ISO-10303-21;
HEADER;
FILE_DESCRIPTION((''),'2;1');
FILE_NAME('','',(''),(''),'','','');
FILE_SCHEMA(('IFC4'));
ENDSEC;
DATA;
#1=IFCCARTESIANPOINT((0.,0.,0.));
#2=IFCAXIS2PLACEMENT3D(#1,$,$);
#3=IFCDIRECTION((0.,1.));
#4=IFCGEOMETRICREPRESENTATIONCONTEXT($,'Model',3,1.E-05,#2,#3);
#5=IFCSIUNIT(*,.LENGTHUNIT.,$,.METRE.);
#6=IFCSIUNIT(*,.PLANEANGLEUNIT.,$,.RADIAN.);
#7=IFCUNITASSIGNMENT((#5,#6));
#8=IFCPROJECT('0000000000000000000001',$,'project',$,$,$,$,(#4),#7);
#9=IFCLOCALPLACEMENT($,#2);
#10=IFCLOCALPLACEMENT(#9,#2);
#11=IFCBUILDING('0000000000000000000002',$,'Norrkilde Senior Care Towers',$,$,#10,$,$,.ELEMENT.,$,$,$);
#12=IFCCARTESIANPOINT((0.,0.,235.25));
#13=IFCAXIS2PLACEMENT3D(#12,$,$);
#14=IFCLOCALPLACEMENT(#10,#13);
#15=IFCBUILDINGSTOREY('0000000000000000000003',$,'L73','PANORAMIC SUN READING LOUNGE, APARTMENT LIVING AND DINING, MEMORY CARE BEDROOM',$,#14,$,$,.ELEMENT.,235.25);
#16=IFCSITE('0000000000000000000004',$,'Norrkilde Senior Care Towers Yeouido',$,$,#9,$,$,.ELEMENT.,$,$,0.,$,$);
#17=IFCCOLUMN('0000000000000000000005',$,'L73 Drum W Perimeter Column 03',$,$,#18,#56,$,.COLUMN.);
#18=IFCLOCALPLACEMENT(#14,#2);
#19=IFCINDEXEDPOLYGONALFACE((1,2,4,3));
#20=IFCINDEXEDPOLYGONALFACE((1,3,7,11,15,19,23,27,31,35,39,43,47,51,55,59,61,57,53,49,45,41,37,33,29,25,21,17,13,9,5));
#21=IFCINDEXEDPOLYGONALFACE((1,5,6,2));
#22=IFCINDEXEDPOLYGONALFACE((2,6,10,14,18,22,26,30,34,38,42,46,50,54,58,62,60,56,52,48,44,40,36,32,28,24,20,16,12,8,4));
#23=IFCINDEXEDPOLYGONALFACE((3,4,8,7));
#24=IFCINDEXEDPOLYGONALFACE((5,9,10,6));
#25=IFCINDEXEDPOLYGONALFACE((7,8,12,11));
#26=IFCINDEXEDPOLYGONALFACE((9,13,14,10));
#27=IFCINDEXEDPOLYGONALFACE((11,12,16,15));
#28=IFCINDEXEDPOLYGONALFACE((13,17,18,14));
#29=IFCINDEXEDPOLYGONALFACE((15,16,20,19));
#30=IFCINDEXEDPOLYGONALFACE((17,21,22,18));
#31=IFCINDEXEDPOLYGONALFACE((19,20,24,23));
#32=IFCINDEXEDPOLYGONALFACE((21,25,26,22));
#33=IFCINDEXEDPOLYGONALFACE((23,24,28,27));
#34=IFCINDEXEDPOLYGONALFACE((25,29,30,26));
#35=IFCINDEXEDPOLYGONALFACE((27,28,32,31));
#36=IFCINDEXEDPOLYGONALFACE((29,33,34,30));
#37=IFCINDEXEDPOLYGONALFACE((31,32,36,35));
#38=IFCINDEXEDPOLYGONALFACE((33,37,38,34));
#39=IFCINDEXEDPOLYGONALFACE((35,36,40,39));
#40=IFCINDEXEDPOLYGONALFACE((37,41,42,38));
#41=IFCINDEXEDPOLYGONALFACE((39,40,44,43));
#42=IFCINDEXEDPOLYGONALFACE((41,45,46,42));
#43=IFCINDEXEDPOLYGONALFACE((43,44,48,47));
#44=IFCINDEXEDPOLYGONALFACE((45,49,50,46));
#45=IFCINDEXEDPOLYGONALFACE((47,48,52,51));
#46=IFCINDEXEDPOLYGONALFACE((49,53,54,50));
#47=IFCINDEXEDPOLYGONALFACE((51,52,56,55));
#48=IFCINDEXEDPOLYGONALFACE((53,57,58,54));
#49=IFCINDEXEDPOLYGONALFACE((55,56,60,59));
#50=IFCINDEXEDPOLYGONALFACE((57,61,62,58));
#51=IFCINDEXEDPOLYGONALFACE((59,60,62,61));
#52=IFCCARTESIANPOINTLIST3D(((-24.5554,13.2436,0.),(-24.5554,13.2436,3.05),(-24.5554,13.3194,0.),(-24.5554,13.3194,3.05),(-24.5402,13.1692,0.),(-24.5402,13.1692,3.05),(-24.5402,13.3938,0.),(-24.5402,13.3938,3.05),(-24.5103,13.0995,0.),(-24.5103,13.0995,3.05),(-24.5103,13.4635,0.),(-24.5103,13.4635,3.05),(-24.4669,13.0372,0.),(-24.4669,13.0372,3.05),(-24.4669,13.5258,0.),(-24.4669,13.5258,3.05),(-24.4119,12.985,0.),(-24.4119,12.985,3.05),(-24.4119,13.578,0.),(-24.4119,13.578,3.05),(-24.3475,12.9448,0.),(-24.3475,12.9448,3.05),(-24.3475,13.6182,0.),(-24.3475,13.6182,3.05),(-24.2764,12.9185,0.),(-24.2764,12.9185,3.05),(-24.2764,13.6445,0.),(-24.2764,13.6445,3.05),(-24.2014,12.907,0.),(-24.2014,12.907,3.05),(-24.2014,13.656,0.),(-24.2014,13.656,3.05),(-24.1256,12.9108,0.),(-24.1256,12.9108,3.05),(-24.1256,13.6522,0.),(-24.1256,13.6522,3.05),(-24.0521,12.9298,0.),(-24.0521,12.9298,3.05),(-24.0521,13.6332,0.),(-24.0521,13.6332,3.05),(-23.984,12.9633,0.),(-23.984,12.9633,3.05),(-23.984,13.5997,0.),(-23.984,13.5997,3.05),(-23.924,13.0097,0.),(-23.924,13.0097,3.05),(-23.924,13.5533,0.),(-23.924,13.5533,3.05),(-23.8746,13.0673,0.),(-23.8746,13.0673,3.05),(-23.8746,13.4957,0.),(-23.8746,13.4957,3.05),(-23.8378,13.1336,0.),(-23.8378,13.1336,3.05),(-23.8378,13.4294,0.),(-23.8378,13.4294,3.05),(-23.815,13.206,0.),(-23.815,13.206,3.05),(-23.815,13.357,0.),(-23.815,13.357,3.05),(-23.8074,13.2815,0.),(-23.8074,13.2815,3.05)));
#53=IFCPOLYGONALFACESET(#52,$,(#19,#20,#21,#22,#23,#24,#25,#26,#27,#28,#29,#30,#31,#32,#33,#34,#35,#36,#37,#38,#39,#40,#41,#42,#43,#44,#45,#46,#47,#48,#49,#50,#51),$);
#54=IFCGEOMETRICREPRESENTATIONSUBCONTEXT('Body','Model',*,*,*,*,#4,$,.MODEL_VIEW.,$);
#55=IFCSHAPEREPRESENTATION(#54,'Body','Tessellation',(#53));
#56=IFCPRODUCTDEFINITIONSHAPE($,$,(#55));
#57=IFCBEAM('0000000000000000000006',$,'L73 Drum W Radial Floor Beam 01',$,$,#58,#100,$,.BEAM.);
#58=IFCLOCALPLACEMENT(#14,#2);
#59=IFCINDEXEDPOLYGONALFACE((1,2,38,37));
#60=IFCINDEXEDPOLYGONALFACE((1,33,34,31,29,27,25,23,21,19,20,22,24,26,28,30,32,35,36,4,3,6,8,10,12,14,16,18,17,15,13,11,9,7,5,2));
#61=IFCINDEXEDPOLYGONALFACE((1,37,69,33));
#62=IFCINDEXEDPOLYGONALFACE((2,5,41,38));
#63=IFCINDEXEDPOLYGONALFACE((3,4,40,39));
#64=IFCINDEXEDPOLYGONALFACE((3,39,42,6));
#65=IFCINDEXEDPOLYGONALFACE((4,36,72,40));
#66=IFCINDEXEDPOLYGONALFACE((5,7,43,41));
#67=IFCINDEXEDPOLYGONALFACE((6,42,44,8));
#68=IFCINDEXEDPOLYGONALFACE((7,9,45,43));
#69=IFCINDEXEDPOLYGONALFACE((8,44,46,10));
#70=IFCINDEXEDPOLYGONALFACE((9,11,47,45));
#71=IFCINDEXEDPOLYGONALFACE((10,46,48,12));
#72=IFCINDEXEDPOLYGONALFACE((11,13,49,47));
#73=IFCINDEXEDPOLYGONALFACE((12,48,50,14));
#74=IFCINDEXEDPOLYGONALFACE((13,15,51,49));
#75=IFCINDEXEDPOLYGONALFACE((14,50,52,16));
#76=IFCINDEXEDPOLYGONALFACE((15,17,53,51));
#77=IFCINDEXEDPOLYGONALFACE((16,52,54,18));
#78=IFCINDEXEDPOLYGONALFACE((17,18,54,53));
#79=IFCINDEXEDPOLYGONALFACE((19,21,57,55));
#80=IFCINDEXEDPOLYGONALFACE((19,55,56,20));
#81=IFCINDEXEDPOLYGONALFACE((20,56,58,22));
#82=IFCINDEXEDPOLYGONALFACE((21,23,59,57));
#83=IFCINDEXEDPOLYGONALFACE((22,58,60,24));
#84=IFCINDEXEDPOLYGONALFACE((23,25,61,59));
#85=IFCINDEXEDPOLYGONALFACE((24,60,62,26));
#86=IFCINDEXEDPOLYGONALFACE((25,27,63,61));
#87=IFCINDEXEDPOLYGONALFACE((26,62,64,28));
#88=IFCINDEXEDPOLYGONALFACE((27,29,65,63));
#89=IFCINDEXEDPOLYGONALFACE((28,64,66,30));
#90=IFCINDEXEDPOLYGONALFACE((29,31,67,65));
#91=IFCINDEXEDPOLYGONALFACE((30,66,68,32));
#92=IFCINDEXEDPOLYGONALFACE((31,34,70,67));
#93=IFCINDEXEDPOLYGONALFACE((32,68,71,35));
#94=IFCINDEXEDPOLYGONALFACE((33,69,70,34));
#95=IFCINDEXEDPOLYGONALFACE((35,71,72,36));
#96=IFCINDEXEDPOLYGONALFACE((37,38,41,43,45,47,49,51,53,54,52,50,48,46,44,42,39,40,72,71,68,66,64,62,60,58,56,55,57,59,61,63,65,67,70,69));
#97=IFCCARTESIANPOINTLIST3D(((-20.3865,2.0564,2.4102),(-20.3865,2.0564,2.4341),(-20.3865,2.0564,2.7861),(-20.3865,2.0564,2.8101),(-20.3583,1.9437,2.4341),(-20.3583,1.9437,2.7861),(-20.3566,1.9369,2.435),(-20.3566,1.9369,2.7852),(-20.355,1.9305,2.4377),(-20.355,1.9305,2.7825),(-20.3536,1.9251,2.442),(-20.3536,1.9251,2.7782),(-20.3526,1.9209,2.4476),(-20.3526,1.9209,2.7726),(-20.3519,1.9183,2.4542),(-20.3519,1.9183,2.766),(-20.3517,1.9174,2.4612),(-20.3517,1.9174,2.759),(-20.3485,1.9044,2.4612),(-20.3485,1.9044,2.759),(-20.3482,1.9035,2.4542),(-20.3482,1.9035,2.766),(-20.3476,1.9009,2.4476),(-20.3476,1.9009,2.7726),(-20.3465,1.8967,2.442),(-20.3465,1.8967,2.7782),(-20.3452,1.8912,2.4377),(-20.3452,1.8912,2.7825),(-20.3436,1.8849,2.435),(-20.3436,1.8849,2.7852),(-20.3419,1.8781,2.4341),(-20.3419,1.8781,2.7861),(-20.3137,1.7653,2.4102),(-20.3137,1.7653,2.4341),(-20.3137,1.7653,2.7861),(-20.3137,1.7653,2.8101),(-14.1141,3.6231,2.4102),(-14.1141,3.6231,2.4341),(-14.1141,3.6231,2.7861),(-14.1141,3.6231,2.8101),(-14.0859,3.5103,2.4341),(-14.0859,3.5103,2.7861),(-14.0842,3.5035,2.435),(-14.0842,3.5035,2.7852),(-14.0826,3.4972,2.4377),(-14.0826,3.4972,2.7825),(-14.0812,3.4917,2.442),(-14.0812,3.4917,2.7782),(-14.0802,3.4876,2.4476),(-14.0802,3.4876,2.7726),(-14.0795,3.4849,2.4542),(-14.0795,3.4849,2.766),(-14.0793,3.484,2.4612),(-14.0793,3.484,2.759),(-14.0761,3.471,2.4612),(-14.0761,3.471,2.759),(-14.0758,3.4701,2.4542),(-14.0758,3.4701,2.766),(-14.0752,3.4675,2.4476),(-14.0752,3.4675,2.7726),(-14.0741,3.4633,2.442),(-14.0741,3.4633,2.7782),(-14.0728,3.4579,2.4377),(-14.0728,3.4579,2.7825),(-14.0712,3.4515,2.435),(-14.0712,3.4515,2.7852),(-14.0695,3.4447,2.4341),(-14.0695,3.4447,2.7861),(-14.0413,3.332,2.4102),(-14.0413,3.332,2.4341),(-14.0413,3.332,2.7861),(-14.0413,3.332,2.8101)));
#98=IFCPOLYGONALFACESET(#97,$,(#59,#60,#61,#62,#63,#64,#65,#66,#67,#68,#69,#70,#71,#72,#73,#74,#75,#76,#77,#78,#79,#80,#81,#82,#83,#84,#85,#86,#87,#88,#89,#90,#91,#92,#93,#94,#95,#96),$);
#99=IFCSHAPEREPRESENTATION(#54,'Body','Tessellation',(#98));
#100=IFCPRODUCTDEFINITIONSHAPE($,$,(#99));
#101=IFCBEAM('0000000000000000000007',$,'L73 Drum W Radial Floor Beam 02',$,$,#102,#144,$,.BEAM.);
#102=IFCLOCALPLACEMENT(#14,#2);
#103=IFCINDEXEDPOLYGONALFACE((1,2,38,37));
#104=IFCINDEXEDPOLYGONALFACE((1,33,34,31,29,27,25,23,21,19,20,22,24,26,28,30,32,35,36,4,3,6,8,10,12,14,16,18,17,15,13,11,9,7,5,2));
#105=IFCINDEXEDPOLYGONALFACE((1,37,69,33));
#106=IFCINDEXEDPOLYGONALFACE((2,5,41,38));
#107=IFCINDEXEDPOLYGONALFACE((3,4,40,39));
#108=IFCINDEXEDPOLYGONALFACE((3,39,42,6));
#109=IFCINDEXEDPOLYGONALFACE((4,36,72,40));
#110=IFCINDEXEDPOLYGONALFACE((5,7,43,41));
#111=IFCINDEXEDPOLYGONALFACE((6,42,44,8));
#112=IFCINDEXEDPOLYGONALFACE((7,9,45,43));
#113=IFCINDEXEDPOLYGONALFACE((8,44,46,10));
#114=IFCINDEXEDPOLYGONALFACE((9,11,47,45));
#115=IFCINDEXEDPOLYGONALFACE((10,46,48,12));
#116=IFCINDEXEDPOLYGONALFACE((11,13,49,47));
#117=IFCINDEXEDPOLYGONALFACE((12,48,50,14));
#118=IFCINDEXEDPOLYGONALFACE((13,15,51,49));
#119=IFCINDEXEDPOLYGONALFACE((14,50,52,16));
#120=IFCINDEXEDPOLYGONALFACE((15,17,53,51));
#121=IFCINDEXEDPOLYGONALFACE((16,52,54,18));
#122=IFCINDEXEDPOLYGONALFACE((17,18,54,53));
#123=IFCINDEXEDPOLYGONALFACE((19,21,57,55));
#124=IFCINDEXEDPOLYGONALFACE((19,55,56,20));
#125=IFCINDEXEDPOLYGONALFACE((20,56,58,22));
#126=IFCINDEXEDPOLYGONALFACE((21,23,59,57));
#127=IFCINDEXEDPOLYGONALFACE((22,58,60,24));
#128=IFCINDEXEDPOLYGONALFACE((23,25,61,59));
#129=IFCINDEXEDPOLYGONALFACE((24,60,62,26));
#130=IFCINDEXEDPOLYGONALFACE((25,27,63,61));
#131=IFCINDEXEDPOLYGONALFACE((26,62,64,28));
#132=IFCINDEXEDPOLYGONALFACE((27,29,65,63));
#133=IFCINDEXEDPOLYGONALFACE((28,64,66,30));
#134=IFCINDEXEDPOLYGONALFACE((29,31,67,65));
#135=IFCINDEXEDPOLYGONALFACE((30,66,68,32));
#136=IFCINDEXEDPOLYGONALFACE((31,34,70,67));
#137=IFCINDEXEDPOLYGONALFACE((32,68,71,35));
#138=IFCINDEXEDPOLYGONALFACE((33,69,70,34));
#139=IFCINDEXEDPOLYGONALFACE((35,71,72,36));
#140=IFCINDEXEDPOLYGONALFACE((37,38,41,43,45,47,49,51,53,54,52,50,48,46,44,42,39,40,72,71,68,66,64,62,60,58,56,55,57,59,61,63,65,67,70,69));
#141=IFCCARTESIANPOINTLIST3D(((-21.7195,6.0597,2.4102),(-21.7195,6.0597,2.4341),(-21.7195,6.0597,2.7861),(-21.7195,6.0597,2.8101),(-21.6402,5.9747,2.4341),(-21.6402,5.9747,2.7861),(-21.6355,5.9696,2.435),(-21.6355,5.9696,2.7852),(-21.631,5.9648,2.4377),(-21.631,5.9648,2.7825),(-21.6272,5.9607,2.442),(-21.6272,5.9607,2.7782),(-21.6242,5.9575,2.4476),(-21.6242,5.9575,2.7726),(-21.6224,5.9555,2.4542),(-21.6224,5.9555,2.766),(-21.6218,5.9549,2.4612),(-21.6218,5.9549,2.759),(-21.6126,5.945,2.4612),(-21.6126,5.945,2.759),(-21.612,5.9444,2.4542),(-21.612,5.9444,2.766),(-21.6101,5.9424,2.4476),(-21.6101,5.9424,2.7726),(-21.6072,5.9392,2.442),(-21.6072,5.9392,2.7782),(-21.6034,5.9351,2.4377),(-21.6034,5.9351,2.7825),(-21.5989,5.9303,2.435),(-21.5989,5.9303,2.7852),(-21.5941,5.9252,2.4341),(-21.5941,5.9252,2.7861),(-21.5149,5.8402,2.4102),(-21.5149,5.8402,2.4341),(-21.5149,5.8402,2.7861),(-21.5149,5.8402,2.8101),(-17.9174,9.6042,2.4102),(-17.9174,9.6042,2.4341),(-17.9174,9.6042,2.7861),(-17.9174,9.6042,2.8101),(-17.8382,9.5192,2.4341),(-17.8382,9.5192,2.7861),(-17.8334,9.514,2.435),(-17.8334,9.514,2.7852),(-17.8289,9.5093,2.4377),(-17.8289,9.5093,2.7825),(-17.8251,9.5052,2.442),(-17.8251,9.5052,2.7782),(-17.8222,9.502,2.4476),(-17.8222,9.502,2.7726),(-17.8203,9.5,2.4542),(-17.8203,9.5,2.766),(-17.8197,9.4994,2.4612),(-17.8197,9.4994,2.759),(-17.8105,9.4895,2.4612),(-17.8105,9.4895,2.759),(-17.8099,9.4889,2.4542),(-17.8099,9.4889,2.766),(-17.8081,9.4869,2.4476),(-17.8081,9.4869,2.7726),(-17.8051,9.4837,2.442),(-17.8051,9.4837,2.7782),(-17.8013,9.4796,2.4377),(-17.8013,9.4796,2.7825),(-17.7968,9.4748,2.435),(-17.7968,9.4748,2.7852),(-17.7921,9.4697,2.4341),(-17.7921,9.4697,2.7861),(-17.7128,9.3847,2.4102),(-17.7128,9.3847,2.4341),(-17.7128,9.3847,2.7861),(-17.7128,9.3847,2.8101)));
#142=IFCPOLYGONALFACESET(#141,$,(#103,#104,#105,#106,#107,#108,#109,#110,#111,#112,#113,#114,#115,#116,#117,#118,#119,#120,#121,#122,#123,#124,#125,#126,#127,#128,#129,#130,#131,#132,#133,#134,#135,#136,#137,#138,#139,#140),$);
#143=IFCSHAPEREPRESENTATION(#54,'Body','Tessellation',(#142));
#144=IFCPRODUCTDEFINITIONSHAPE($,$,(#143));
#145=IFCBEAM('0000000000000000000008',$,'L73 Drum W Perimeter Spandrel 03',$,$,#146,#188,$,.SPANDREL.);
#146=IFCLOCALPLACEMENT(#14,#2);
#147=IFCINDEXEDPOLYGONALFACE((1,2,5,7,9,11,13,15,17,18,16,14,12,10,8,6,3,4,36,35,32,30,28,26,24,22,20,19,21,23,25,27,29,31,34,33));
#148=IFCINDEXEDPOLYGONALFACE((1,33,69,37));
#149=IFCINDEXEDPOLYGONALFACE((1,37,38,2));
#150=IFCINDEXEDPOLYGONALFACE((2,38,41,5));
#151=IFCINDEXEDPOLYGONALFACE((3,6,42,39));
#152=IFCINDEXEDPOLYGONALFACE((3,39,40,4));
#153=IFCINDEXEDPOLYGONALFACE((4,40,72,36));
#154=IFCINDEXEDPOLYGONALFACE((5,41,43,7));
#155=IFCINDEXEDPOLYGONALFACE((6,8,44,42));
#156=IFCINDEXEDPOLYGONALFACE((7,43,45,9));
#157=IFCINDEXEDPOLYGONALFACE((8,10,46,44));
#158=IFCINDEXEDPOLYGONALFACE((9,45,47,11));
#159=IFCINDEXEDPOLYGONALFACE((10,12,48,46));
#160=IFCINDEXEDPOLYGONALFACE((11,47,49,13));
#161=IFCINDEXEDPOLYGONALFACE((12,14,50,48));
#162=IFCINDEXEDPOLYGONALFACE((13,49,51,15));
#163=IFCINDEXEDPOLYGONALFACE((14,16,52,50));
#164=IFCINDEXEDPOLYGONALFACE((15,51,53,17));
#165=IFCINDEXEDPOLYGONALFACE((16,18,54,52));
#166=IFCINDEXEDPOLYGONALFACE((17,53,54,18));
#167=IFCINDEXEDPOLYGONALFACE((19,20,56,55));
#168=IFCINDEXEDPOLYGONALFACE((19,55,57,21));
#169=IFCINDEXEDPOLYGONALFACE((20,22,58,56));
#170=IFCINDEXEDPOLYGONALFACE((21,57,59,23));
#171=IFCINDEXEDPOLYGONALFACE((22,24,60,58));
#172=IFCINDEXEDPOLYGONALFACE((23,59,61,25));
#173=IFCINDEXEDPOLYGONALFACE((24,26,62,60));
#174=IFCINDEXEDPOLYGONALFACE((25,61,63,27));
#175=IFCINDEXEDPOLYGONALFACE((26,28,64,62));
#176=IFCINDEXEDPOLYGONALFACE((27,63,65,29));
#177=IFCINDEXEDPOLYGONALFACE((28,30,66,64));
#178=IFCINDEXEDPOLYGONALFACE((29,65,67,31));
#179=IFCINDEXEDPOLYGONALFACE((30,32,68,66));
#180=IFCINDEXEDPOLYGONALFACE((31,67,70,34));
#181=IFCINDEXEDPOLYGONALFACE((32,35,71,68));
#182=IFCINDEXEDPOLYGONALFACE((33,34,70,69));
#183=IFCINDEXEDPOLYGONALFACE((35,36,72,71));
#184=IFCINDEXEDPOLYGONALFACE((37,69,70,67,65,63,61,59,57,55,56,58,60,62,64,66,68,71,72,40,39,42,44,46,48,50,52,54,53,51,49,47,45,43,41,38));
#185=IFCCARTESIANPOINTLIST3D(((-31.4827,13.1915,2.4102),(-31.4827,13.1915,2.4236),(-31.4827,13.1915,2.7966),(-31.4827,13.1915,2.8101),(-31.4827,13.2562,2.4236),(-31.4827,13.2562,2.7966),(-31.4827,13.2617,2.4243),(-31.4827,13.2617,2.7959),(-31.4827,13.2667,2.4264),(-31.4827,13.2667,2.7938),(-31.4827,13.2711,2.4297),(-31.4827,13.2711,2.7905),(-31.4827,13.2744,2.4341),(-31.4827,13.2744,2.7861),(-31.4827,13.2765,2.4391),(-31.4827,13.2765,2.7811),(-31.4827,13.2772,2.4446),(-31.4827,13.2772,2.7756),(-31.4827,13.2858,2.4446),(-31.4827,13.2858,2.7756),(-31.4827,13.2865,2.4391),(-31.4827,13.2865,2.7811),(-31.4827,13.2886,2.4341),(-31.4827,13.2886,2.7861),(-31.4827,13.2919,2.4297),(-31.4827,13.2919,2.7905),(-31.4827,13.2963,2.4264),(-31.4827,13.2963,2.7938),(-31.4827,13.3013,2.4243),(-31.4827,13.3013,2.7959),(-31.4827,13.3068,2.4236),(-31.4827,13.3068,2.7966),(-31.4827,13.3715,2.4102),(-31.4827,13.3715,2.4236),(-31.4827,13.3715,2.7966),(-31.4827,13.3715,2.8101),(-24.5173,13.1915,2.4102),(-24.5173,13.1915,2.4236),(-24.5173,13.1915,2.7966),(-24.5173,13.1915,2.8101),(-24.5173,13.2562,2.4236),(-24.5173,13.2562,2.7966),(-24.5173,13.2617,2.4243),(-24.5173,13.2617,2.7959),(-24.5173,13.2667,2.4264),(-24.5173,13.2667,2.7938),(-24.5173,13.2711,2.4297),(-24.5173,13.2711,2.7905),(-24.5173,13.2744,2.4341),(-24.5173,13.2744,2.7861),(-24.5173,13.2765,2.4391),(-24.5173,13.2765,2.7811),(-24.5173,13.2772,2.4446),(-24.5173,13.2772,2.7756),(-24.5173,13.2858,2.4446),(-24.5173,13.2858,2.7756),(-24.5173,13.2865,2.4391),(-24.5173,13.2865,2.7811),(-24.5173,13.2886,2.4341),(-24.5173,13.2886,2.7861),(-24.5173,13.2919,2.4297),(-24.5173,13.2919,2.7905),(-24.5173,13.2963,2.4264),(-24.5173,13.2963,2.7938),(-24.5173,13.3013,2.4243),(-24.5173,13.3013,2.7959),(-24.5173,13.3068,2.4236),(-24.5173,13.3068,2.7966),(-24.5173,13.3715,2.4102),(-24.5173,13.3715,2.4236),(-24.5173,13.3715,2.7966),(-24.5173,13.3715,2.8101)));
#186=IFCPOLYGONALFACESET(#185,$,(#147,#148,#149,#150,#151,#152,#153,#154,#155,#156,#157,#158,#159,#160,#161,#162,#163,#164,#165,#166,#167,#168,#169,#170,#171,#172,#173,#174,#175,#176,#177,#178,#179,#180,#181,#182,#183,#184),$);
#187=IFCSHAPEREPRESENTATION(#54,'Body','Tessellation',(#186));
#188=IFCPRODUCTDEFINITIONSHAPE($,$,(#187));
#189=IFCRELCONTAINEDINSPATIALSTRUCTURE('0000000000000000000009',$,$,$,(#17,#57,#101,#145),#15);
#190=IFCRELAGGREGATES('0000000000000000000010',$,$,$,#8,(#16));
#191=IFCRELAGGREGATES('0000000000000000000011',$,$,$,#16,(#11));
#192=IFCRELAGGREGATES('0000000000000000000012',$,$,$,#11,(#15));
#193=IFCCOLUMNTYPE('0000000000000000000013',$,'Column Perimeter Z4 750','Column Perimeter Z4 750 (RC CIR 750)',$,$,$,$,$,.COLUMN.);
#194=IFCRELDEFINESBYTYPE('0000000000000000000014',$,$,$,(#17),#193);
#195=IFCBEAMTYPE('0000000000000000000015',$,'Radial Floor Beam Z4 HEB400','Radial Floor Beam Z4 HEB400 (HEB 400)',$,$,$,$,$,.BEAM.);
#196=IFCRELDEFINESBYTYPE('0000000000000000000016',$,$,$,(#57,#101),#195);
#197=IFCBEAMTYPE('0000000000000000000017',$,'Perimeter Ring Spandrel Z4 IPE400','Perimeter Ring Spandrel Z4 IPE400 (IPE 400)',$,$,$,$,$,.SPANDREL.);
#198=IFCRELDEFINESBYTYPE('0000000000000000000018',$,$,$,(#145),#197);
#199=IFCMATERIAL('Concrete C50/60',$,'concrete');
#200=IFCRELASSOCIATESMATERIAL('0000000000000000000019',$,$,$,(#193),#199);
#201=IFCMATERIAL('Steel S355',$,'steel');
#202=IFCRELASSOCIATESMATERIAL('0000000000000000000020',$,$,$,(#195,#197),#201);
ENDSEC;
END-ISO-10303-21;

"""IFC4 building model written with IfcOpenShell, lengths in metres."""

from ifc_helpers import new_model, si_unit, direction, frame, origin, origin_2d, place, context, subcontext, project, spatial, circle, i_section, extrude, source, transform, mapped, material, material_profile, profile_set, type_object, type_shapes, element, save


model = new_model("IFC4")

# Units and contexts
model_context = context("Model", 3, precision=1e-05, world=origin(), true_north=direction((0.0, 1.0)))
body_context = subcontext(model_context, "Body", "Model", "MODEL_VIEW")
ifc_project = project(units=[si_unit("LENGTHUNIT", "METRE"), si_unit("PLANEANGLEUNIT", "RADIAN")], contexts=[model_context])

# Site, building, storey
site_placement = place(None, origin())
site = spatial("IfcSite", under=ifc_project, at=site_placement, Name="Norrkilde Senior Care Towers Yeouido", CompositionType="ELEMENT", RefElevation=0.0)
building_placement = place(site_placement, origin())
building = spatial("IfcBuilding", under=site, at=building_placement, Name="Norrkilde Senior Care Towers", CompositionType="ELEMENT")
storey_placement = place(building_placement, frame((0.0, 0.0, 235.25)))
storey = spatial("IfcBuildingStorey", under=building, at=storey_placement, Name="L73", Description="PANORAMIC SUN READING LOUNGE, APARTMENT LIVING AND DINING, MEMORY CARE BEDROOM", CompositionType="ELEMENT", Elevation=235.25)

# Column
ifc_material_1 = material(Name="Concrete C50/60", Category="concrete")
ifc_material_profile_1 = material_profile(ifc_material_1, circle(Radius=0.375, at=origin_2d()), Name="RC CIR 750")
ifc_profile_set_1 = profile_set([ifc_material_profile_1], Name="Concrete C50/60")
column_type = type_object("IfcColumnType", Name="Column Perimeter Z4 750", Description="Column Perimeter Z4 750 (RC CIR 750)", PredefinedType="COLUMN", material=ifc_profile_set_1)
shared_shape_1 = source(origin(), body_context, "Body", "SweptSolid", [
    extrude(circle(Radius=0.375, at=origin_2d()), origin(), (0.0, 0.0, 1.0), 3.05),
])
type_shapes(column_type, [shared_shape_1])
column_placement = place(storey_placement, frame((-24.1824, 13.2815, 0.0), z_axis=(0.0, 0.0, 1.0), x_axis=(1.0, 0.0, 0.0)))
element("IfcColumn", 1, at=column_placement, inside=storey, type_object=column_type, Name="L73 Drum W Perimeter Column 03", PredefinedType="COLUMN", context=body_context, shape_type="MappedRepresentation", body=[
    mapped(shared_shape_1, transform((0.0, 0.0, 0.0), x_axis=(1.0, 0.0, 0.0), y_axis=(0.0, 1.0, 0.0), z_axis=(0.0, 0.0, 1.0), scale=1.0)),
])

# Beams
ifc_material_2 = material(Name="Steel S355", Category="steel")
ifc_material_profile_2 = material_profile(ifc_material_2, i_section(OverallWidth=0.3, OverallDepth=0.3999, WebThickness=0.0134, FlangeThickness=0.0239, FilletRadius=0.0271, at=origin_2d()), Name="HEB 400")
ifc_profile_set_2 = profile_set([ifc_material_profile_2], Name="Steel S355")
beam_type_1 = type_object("IfcBeamType", Name="Radial Floor Beam Z4 HEB400", Description="Radial Floor Beam Z4 HEB400 (HEB 400)", PredefinedType="BEAM", material=ifc_profile_set_2)
shared_shape_2 = source(origin(), body_context, "Body", "SweptSolid", [
    extrude(i_section(OverallWidth=0.3, OverallDepth=0.3999, WebThickness=0.0134, FlangeThickness=0.0239, FilletRadius=0.0271, at=origin_2d()), origin(), (0.0, 0.0, 1.0), 6.4651),
])
beam_1_placement = place(storey_placement, frame((-20.3501, 1.9109, 2.6101), z_axis=(0.970196, 0.242322, 0.0), x_axis=(-0.242322, 0.970196, 0.0)))
element("IfcBeam", 2, at=beam_1_placement, inside=storey, type_object=beam_type_1, Name="L73 Drum W Radial Floor Beam 01", PredefinedType="BEAM", context=body_context, shape_type="MappedRepresentation", body=[
    mapped(shared_shape_2, transform((0.0, 0.0, 0.0), x_axis=(1.0, 0.0, 0.0), y_axis=(0.0, 1.0, 0.0), z_axis=(0.0, 0.0, 1.0), scale=1.0)),
])
shared_shape_3 = source(origin(), body_context, "Body", "SweptSolid", [
    extrude(i_section(OverallWidth=0.3, OverallDepth=0.3999, WebThickness=0.0134, FlangeThickness=0.0239, FilletRadius=0.0271, at=origin_2d()), origin(), (0.0, 0.0, 1.0), 5.198),
])
beam_2_placement = place(storey_placement, frame((-21.6172, 5.95, 2.6101), z_axis=(0.731449, 0.681896, 0.0), x_axis=(-0.681896, 0.731449, 0.0)))
element("IfcBeam", 3, at=beam_2_placement, inside=storey, type_object=beam_type_1, Name="L73 Drum W Radial Floor Beam 02", PredefinedType="BEAM", context=body_context, shape_type="MappedRepresentation", body=[
    mapped(shared_shape_3, transform((0.0, 0.0, 0.0), x_axis=(1.0, 0.0, 0.0), y_axis=(0.0, 1.0, 0.0), z_axis=(0.0, 0.0, 1.0), scale=1.0)),
])
ifc_material_profile_3 = material_profile(ifc_material_2, i_section(OverallWidth=0.1799, OverallDepth=0.3999, WebThickness=0.0085, FlangeThickness=0.0134, FilletRadius=0.021, at=origin_2d()), Name="IPE 400")
ifc_profile_set_3 = profile_set([ifc_material_profile_3], Name="Steel S355")
beam_type_2 = type_object("IfcBeamType", Name="Perimeter Ring Spandrel Z4 IPE400", Description="Perimeter Ring Spandrel Z4 IPE400 (IPE 400)", PredefinedType="SPANDREL", material=ifc_profile_set_3)
shared_shape_4 = source(origin(), body_context, "Body", "SweptSolid", [
    extrude(i_section(OverallWidth=0.1799, OverallDepth=0.3999, WebThickness=0.0085, FlangeThickness=0.0134, FilletRadius=0.021, at=origin_2d()), origin(), (0.0, 0.0, 1.0), 6.9653),
])
type_shapes(beam_type_2, [shared_shape_4])
beam_3_placement = place(storey_placement, frame((-24.5173, 13.2815, 2.6101), z_axis=(-1.0, 0.0, 0.0), x_axis=(0.0, -1.0, 0.0)))
element("IfcBeam", 4, at=beam_3_placement, inside=storey, type_object=beam_type_2, Name="L73 Drum W Perimeter Spandrel 03", PredefinedType="SPANDREL", context=body_context, shape_type="MappedRepresentation", body=[
    mapped(shared_shape_4, transform((0.0, 0.0, 0.0), x_axis=(1.0, 0.0, 0.0), y_axis=(0.0, 1.0, 0.0), z_axis=(0.0, 0.0, 1.0), scale=1.0)),
])

save(model, "model.ifc")
